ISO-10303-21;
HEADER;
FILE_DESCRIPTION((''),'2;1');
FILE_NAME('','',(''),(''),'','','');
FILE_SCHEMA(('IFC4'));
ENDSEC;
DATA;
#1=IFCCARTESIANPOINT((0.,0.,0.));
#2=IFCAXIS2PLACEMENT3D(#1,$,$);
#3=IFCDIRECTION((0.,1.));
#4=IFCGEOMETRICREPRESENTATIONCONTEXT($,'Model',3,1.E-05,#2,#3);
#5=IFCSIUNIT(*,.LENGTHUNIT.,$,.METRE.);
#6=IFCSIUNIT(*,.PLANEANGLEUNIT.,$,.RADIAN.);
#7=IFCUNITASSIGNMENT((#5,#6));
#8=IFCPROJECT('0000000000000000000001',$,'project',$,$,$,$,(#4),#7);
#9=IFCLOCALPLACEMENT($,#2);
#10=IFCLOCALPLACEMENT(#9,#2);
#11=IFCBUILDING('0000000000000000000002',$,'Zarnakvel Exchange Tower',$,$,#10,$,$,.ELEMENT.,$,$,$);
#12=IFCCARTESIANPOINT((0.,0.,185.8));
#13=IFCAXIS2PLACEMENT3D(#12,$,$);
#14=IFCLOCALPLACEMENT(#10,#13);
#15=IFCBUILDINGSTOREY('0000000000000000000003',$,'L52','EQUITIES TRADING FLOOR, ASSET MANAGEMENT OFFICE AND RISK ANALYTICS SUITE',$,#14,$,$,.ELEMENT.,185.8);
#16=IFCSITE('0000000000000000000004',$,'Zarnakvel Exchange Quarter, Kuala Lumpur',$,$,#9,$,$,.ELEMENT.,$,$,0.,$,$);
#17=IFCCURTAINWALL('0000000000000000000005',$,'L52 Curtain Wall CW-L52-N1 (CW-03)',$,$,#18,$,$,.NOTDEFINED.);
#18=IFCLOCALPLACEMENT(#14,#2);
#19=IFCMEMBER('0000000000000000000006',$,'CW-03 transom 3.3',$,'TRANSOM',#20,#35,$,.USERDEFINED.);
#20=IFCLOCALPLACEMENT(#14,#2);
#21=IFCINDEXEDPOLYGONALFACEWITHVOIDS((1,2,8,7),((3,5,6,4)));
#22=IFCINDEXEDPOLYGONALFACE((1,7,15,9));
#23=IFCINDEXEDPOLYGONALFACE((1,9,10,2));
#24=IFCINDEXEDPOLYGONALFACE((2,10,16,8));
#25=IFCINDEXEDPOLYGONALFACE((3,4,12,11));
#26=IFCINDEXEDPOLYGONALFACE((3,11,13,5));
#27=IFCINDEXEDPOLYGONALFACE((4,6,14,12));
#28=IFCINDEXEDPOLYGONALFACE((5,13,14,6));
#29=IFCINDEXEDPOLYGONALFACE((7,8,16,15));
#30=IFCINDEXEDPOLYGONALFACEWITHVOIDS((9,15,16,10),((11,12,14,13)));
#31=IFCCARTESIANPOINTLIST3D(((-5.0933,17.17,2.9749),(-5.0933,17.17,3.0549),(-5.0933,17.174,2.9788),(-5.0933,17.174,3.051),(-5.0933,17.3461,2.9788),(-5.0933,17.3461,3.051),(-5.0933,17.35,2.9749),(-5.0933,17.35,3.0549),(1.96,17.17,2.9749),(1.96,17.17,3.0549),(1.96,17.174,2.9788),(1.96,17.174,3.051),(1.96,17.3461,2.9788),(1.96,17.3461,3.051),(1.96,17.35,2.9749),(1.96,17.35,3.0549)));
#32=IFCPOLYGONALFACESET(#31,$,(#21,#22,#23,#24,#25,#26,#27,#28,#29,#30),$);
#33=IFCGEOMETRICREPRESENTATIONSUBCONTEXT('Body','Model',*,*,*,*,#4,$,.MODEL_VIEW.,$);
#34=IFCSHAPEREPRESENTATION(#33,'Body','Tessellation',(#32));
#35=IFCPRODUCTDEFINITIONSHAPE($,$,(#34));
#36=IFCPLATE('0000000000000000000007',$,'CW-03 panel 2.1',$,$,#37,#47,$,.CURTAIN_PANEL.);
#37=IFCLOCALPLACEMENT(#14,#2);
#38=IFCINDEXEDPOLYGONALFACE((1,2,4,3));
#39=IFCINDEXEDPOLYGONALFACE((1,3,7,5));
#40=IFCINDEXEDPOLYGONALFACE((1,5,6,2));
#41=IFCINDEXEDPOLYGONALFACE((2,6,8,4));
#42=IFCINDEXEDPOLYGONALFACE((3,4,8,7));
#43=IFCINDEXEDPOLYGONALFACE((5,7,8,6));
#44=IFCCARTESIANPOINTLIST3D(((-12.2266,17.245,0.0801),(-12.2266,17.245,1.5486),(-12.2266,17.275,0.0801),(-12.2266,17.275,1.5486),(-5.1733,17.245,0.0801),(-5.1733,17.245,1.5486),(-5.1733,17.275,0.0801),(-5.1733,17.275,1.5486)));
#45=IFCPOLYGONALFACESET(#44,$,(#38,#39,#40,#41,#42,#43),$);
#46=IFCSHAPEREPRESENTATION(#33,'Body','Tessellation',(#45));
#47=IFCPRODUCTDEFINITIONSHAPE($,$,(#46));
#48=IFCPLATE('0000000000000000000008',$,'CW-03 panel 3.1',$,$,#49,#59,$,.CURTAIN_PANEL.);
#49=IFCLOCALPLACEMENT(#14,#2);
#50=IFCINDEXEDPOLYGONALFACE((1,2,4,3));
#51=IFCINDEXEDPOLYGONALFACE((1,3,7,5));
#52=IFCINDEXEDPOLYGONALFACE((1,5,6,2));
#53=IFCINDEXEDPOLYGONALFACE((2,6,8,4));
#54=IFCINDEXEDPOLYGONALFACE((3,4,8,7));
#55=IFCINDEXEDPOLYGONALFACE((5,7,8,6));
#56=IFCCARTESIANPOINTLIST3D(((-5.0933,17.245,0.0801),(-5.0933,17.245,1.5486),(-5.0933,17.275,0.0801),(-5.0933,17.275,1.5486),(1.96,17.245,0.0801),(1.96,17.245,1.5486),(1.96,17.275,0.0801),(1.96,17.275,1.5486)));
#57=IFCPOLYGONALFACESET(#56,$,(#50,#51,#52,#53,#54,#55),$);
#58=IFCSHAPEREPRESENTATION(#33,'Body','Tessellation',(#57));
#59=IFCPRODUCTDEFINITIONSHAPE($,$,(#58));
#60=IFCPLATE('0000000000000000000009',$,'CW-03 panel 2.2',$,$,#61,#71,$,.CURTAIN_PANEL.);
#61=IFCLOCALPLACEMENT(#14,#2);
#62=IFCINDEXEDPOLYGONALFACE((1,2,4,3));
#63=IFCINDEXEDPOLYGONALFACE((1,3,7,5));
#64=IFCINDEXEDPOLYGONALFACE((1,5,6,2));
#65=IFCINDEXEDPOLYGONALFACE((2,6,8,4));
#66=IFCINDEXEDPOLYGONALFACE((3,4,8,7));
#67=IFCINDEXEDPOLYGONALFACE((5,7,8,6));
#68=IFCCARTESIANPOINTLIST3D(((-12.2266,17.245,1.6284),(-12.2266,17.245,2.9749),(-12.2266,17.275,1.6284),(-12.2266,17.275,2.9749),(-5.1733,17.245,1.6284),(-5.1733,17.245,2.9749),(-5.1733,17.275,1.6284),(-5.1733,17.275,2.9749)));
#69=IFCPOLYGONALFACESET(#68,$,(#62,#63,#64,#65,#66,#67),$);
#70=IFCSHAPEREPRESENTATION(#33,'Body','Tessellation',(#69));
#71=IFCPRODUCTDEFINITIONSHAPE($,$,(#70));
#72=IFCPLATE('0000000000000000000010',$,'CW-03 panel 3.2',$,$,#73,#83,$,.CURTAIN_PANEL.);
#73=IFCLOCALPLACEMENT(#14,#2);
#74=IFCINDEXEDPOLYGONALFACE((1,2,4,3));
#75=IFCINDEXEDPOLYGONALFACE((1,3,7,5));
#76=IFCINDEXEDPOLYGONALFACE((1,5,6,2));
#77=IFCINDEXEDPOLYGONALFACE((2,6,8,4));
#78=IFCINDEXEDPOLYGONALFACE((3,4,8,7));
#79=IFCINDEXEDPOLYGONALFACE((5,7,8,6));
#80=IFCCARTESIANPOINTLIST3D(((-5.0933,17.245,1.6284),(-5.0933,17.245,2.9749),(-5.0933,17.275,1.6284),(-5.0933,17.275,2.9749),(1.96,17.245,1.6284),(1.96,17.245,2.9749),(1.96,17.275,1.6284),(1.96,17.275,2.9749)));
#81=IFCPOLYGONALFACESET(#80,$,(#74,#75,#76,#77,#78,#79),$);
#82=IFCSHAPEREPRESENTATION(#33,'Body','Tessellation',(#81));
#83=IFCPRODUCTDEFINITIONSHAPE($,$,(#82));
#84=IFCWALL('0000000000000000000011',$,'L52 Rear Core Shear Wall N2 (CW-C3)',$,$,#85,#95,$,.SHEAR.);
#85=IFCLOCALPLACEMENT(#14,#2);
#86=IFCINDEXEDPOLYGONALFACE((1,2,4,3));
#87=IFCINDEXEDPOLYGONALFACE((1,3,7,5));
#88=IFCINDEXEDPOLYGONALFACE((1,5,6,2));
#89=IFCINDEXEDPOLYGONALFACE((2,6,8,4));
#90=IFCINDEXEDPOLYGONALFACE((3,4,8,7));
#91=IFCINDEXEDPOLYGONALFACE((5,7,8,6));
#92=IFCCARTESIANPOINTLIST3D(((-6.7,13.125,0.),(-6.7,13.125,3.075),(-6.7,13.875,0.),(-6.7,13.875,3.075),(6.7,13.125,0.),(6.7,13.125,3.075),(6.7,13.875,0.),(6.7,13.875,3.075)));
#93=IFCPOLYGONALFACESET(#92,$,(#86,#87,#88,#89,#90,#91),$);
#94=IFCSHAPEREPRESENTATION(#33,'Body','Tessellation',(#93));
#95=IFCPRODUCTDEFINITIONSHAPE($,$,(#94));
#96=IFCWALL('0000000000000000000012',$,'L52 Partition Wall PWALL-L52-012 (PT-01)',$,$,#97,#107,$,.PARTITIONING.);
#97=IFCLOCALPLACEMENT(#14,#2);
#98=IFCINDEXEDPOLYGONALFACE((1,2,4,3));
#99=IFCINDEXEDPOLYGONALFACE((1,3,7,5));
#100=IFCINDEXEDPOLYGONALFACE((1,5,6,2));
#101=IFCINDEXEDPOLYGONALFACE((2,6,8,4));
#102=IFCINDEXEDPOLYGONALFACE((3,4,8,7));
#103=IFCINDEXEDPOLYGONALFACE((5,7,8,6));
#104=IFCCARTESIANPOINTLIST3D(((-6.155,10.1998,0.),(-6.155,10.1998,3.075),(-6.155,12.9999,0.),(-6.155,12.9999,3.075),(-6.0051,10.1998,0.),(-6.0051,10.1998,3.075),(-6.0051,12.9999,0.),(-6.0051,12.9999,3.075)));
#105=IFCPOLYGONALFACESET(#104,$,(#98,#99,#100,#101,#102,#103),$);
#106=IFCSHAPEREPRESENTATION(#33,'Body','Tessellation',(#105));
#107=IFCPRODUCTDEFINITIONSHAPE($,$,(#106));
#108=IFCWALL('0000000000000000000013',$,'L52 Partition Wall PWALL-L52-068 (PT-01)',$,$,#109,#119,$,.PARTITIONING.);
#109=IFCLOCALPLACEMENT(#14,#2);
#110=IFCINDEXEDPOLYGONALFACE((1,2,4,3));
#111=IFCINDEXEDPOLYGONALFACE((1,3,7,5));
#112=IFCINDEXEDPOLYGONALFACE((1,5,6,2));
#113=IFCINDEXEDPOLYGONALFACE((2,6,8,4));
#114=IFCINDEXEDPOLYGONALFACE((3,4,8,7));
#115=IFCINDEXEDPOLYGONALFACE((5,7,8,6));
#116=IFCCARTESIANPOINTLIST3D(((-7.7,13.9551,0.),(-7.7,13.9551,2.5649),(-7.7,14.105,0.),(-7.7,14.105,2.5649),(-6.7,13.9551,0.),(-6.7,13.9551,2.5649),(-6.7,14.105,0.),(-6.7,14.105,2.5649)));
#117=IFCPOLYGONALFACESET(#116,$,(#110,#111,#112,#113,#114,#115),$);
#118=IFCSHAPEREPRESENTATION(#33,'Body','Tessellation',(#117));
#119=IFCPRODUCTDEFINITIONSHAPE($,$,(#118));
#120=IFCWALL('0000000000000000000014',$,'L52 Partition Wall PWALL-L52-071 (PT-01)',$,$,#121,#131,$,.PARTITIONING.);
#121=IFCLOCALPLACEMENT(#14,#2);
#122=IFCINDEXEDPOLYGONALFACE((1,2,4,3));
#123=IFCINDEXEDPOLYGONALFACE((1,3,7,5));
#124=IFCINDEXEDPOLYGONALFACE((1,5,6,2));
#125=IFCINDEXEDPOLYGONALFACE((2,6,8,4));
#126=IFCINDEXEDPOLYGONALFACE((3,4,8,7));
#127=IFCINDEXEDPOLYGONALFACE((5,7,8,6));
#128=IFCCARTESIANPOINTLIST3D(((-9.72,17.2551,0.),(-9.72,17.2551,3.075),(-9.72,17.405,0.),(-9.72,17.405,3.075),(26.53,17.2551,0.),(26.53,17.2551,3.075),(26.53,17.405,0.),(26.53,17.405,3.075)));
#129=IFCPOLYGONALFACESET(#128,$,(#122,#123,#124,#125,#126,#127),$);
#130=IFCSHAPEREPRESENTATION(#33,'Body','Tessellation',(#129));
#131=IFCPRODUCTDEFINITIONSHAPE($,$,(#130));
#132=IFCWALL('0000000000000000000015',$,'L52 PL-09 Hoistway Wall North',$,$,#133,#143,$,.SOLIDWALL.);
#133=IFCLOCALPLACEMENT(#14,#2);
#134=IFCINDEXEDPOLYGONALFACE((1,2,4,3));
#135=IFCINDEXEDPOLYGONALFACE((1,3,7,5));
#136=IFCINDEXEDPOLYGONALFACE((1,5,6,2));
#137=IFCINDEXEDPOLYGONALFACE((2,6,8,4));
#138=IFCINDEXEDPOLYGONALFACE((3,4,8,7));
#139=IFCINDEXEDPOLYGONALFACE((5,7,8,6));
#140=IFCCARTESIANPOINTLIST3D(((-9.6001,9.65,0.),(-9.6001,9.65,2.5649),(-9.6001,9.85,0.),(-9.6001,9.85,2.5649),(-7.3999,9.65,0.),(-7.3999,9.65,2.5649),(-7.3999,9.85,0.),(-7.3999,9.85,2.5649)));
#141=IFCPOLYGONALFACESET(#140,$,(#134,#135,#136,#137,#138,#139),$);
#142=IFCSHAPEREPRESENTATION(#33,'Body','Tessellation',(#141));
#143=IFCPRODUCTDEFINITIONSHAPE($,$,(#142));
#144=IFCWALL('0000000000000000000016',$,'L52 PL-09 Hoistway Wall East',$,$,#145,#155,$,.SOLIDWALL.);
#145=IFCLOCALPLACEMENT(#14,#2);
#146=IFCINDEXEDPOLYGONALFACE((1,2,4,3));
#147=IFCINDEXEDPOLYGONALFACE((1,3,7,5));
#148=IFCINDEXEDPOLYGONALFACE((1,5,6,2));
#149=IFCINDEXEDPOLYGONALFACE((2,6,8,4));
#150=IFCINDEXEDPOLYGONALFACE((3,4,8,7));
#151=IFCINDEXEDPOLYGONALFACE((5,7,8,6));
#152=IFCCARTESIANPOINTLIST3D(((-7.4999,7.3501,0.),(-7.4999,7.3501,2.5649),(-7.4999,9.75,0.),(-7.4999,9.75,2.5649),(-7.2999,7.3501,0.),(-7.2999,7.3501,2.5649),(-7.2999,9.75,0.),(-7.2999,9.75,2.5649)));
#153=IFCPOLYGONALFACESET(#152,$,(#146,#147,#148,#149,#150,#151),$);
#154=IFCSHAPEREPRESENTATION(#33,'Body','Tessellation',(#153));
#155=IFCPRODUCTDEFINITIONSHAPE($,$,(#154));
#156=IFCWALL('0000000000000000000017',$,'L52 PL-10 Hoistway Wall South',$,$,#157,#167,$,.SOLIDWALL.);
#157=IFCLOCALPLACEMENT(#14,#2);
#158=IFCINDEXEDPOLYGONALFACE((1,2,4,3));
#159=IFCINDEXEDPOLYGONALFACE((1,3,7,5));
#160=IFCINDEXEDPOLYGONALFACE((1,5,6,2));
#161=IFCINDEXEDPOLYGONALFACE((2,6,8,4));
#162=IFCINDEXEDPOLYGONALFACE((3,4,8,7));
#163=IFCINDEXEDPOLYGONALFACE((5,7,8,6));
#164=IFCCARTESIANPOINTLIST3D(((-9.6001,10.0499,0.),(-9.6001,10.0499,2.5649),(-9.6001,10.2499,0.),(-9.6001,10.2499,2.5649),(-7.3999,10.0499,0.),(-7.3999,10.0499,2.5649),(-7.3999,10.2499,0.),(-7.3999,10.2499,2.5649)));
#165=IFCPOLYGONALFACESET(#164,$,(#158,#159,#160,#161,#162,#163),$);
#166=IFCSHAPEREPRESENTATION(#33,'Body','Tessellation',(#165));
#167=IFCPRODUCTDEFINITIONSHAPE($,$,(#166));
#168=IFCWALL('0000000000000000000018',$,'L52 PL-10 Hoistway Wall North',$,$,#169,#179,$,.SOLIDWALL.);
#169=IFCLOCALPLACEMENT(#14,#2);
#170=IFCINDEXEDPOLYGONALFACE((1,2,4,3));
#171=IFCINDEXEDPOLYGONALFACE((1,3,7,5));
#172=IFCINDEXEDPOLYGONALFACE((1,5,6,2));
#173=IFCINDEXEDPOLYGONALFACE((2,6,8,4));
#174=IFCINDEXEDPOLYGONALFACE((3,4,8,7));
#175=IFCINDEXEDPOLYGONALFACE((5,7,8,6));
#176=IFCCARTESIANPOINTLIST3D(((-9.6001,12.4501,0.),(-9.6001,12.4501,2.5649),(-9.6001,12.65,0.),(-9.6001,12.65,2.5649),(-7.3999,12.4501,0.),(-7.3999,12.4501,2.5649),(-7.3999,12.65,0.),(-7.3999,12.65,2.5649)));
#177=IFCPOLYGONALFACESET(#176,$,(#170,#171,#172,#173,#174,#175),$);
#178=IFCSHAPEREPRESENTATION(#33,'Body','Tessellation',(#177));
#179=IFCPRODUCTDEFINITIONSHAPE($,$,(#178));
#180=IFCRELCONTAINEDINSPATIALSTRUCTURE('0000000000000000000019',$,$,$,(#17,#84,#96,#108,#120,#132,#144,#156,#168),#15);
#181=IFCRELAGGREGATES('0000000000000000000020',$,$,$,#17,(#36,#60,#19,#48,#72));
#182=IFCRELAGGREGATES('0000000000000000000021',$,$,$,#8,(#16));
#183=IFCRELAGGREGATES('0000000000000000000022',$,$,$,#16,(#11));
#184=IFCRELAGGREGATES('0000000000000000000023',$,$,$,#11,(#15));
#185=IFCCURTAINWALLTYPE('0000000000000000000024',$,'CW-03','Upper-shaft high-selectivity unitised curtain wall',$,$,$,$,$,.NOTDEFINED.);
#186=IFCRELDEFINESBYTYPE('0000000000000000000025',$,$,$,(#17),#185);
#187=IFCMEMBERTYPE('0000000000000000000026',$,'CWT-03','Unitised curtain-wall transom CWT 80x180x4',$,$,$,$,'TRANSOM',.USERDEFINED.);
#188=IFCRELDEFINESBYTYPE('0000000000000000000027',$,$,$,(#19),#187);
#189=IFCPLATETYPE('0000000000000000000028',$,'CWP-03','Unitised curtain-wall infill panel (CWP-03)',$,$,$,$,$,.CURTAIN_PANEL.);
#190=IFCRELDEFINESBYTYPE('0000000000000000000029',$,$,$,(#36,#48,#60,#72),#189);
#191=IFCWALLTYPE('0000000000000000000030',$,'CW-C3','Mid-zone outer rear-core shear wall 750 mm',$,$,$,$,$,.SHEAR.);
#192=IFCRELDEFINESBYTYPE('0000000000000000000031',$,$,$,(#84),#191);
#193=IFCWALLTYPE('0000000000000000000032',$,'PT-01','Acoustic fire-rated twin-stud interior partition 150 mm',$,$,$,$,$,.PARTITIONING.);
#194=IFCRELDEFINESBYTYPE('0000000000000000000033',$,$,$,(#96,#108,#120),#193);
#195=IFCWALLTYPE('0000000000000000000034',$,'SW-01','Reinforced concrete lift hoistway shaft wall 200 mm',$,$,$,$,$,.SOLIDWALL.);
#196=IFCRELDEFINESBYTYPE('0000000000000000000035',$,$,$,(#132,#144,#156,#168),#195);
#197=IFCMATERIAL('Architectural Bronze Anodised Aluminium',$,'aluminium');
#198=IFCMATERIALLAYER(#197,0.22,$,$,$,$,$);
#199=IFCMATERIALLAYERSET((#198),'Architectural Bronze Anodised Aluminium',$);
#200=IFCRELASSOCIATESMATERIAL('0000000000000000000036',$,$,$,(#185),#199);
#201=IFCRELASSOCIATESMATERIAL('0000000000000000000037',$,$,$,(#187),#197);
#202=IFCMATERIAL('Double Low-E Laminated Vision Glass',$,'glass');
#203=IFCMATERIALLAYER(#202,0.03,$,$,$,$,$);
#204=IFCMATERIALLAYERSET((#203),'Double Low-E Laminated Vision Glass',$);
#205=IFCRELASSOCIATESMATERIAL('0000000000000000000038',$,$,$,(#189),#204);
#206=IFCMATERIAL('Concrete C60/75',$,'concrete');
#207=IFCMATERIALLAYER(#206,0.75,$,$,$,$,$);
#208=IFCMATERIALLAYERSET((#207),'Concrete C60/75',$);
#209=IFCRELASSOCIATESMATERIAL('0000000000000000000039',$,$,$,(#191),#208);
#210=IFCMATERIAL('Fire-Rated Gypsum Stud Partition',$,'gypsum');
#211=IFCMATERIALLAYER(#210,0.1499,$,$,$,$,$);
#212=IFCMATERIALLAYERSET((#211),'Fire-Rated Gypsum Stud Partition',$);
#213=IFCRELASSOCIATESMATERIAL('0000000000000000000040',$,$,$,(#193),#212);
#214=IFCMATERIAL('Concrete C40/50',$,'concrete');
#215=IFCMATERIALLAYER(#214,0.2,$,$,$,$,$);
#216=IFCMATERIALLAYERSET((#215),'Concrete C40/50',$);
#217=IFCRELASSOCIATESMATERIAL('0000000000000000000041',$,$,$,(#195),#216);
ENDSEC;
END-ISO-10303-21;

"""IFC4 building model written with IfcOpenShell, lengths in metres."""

from ifc_helpers import new_model, si_unit, direction, frame, frame_2d, origin, origin_2d, place, context, subcontext, project, spatial, rectangle, hollow_rectangle, extrude, source, transform, mapped, material, layer, layer_set, material_profile, profile_set, type_object, element, aggregate, save


model = new_model("IFC4")

# Units and contexts
model_context = context("Model", 3, precision=1e-05, world=origin(), true_north=direction((0.0, 1.0)))
body_context = subcontext(model_context, "Body", "Model", "MODEL_VIEW")
ifc_project = project(units=[si_unit("LENGTHUNIT", "METRE"), si_unit("PLANEANGLEUNIT", "RADIAN")], contexts=[model_context])

# Site, building, storey
site_placement = place(None, origin())
site = spatial("IfcSite", under=ifc_project, at=site_placement, Name="Zarnakvel Exchange Quarter, Kuala Lumpur", CompositionType="ELEMENT", RefElevation=0.0)
building_placement = place(site_placement, origin())
building = spatial("IfcBuilding", under=site, at=building_placement, Name="Zarnakvel Exchange Tower", CompositionType="ELEMENT")
storey_placement = place(building_placement, frame((0.0, 0.0, 185.8)))
storey = spatial("IfcBuildingStorey", under=building, at=storey_placement, Name="L52", Description="EQUITIES TRADING FLOOR, ASSET MANAGEMENT OFFICE AND RISK ANALYTICS SUITE", CompositionType="ELEMENT", Elevation=185.8)

# Shared definitions
ifc_material_1 = material(Name="Concrete C60/75", Category="concrete")

# Curtain wall, member, plates
ifc_material_2 = material(Name="Architectural Bronze Anodised Aluminium", Category="aluminium")
ifc_layer_1 = layer(ifc_material_2, 0.22)
ifc_layer_set_1 = layer_set([ifc_layer_1], Name="Architectural Bronze Anodised Aluminium")
curtain_wall_type = type_object("IfcCurtainWallType", Name="CW-03", Description="Upper-shaft high-selectivity unitised curtain wall", PredefinedType="NOTDEFINED", material=ifc_layer_set_1)
curtain_wall_placement = place(storey_placement, origin())
curtain_wall = element("IfcCurtainWall", 1, at=curtain_wall_placement, inside=storey, type_object=curtain_wall_type, Name="L52 Curtain Wall CW-L52-N1 (CW-03)", PredefinedType="NOTDEFINED")
ifc_material_profile_1 = material_profile(ifc_material_2, hollow_rectangle(XDim=0.1799, YDim=0.0801, WallThickness=0.0039, at=origin_2d()))
ifc_profile_set_1 = profile_set([ifc_material_profile_1], Name="Architectural Bronze Anodised Aluminium")
member_type_1 = type_object("IfcMemberType", Name="CWT-03", Description="Unitised curtain-wall transom CWT 80x180x4", ElementType="TRANSOM", PredefinedType="USERDEFINED", material=ifc_profile_set_1)
shared_shape_1 = source(origin(), body_context, "Body", "SweptSolid", [
    extrude(hollow_rectangle(XDim=0.1799, YDim=0.0801, WallThickness=0.0039, at=origin_2d()), origin(), (0.0, 0.0, 1.0), 7.0532),
])
member_1_placement = place(storey_placement, frame((-5.0933, 17.26, 3.0149), z_axis=(1.0, 0.0, 0.0), x_axis=(0.0, 1.0, 0.0)))
member_1 = element("IfcMember", 2, at=member_1_placement, type_object=member_type_1, Name="CW-03 transom 3.3", ObjectType="TRANSOM", PredefinedType="USERDEFINED", context=body_context, shape_type="MappedRepresentation", body=[
    mapped(shared_shape_1, transform((0.0, 0.0, 0.0), x_axis=(1.0, 0.0, 0.0), y_axis=(0.0, 1.0, 0.0), z_axis=(0.0, 0.0, 1.0), scale=1.0)),
])
ifc_material_3 = material(Name="Double Low-E Laminated Vision Glass", Category="glass")
ifc_layer_2 = layer(ifc_material_3, 0.03)
ifc_layer_set_2 = layer_set([ifc_layer_2], Name="Double Low-E Laminated Vision Glass")
plate_type = type_object("IfcPlateType", Name="CWP-03", Description="Unitised curtain-wall infill panel (CWP-03)", PredefinedType="CURTAIN_PANEL", material=ifc_layer_set_2)
shared_shape_2 = source(origin(), body_context, "Body", "SweptSolid", [
    extrude(rectangle(XDim=7.0532, YDim=0.03, at=origin_2d()), origin(), (0.0, 0.0, 1.0), 1.4685),
])
plate_1_placement = place(storey_placement, frame((-8.7, 17.26, 0.0801), z_axis=(0.0, 0.0, 1.0), x_axis=(1.0, 0.0, 0.0)))
plate_1 = element("IfcPlate", 3, at=plate_1_placement, type_object=plate_type, Name="CW-03 panel 2.1", PredefinedType="CURTAIN_PANEL", context=body_context, shape_type="MappedRepresentation", body=[
    mapped(shared_shape_2, transform((0.0, 0.0, 0.0), x_axis=(1.0, 0.0, 0.0), y_axis=(0.0, 1.0, 0.0), z_axis=(0.0, 0.0, 1.0), scale=1.0)),
])
plate_2_placement = place(storey_placement, frame((-1.5667, 17.26, 0.0801), z_axis=(0.0, 0.0, 1.0), x_axis=(1.0, 0.0, 0.0)))
plate_2 = element("IfcPlate", 4, at=plate_2_placement, type_object=plate_type, Name="CW-03 panel 3.1", PredefinedType="CURTAIN_PANEL", context=body_context, shape_type="MappedRepresentation", body=[
    mapped(shared_shape_2, transform((0.0, 0.0, 0.0), x_axis=(1.0, 0.0, 0.0), y_axis=(0.0, 1.0, 0.0), z_axis=(0.0, 0.0, 1.0), scale=1.0)),
])
shared_shape_3 = source(origin(), body_context, "Body", "SweptSolid", [
    extrude(rectangle(XDim=7.0532, YDim=0.03, at=origin_2d()), origin(), (0.0, 0.0, 1.0), 1.3464),
])
plate_3_placement = place(storey_placement, frame((-8.7, 17.26, 1.6284), z_axis=(0.0, 0.0, 1.0), x_axis=(1.0, 0.0, 0.0)))
plate_3 = element("IfcPlate", 5, at=plate_3_placement, type_object=plate_type, Name="CW-03 panel 2.2", PredefinedType="CURTAIN_PANEL", context=body_context, shape_type="MappedRepresentation", body=[
    mapped(shared_shape_3, transform((0.0, 0.0, 0.0), x_axis=(1.0, 0.0, 0.0), y_axis=(0.0, 1.0, 0.0), z_axis=(0.0, 0.0, 1.0), scale=1.0)),
])
plate_4_placement = place(storey_placement, frame((-1.5667, 17.26, 1.6284), z_axis=(0.0, 0.0, 1.0), x_axis=(1.0, 0.0, 0.0)))
plate_4 = element("IfcPlate", 6, at=plate_4_placement, type_object=plate_type, Name="CW-03 panel 3.2", PredefinedType="CURTAIN_PANEL", context=body_context, shape_type="MappedRepresentation", body=[
    mapped(shared_shape_3, transform((0.0, 0.0, 0.0), x_axis=(1.0, 0.0, 0.0), y_axis=(0.0, 1.0, 0.0), z_axis=(0.0, 0.0, 1.0), scale=1.0)),
])
aggregate(curtain_wall, [plate_1, plate_3, member_1, plate_2, plate_4])

# Walls
ifc_layer_3 = layer(ifc_material_1, 0.75)
ifc_layer_set_3 = layer_set([ifc_layer_3], Name="Concrete C60/75")
wall_type_1 = type_object("IfcWallType", Name="CW-C3", Description="Mid-zone outer rear-core shear wall 750 mm", PredefinedType="SHEAR", material=ifc_layer_set_3)
wall_1_placement = place(storey_placement, frame((-6.7, 13.5, 0.0), z_axis=(0.0, 0.0, 1.0), x_axis=(1.0, 0.0, 0.0)))
element("IfcWall", 7, at=wall_1_placement, inside=storey, type_object=wall_type_1, Name="L52 Rear Core Shear Wall N2 (CW-C3)", PredefinedType="SHEAR", context=body_context, shape_type="SweptSolid", body=[
    extrude(rectangle(XDim=13.3999, YDim=0.75, at=frame_2d((6.7, 0.0))), origin(), (0.0, 0.0, 1.0), 3.075),
])
ifc_material_4 = material(Name="Fire-Rated Gypsum Stud Partition", Category="gypsum")
ifc_layer_4 = layer(ifc_material_4, 0.1499)
ifc_layer_set_4 = layer_set([ifc_layer_4], Name="Fire-Rated Gypsum Stud Partition")
wall_type_2 = type_object("IfcWallType", Name="PT-01", Description="Acoustic fire-rated twin-stud interior partition 150 mm", PredefinedType="PARTITIONING", material=ifc_layer_set_4)
wall_2_placement = place(storey_placement, frame((-6.0801, 10.2, 0.0), z_axis=(0.0, 0.0, 1.0), x_axis=(0.0, 1.0, 0.0)))
element("IfcWall", 8, at=wall_2_placement, inside=storey, type_object=wall_type_2, Name="L52 Partition Wall PWALL-L52-012 (PT-01)", PredefinedType="PARTITIONING", context=body_context, shape_type="SweptSolid", body=[
    extrude(rectangle(XDim=2.8, YDim=0.1499, at=frame_2d((1.3999, 0.0))), origin(), (0.0, 0.0, 1.0), 3.075),
])
wall_3_placement = place(storey_placement, frame((-6.7, 14.03, 0.0), z_axis=(0.0, 0.0, 1.0), x_axis=(-1.0, 0.0, 0.0)))
element("IfcWall", 9, at=wall_3_placement, inside=storey, type_object=wall_type_2, Name="L52 Partition Wall PWALL-L52-068 (PT-01)", PredefinedType="PARTITIONING", context=body_context, shape_type="SweptSolid", body=[
    extrude(rectangle(XDim=1.0, YDim=0.1499, at=frame_2d((0.5, 0.0))), origin(), (0.0, 0.0, 1.0), 2.5649),
])
wall_4_placement = place(storey_placement, frame((-9.72, 17.3301, 0.0), z_axis=(0.0, 0.0, 1.0), x_axis=(1.0, 0.0, 0.0)))
element("IfcWall", 10, at=wall_4_placement, inside=storey, type_object=wall_type_2, Name="L52 Partition Wall PWALL-L52-071 (PT-01)", PredefinedType="PARTITIONING", context=body_context, shape_type="SweptSolid", body=[
    extrude(rectangle(XDim=36.25, YDim=0.1499, at=frame_2d((18.125, 0.0))), origin(), (0.0, 0.0, 1.0), 3.075),
])

# Walls
ifc_material_5 = material(Name="Concrete C40/50", Category="concrete")
ifc_layer_5 = layer(ifc_material_5, 0.2)
ifc_layer_set_5 = layer_set([ifc_layer_5], Name="Concrete C40/50")
wall_type_3 = type_object("IfcWallType", Name="SW-01", Description="Reinforced concrete lift hoistway shaft wall 200 mm", PredefinedType="SOLIDWALL", material=ifc_layer_set_5)
wall_5_placement = place(storey_placement, frame((-9.6001, 9.75, 0.0), z_axis=(0.0, 0.0, 1.0), x_axis=(1.0, 0.0, 0.0)))
element("IfcWall", 11, at=wall_5_placement, inside=storey, type_object=wall_type_3, Name="L52 PL-09 Hoistway Wall North", PredefinedType="SOLIDWALL", context=body_context, shape_type="SweptSolid", body=[
    extrude(rectangle(XDim=2.2002, YDim=0.2, at=frame_2d((1.1001, 0.0))), origin(), (0.0, 0.0, 1.0), 2.5649),
])
wall_6_placement = place(storey_placement, frame((-7.3999, 9.75, 0.0), z_axis=(0.0, 0.0, 1.0), x_axis=(0.0, -1.0, 0.0)))
element("IfcWall", 12, at=wall_6_placement, inside=storey, type_object=wall_type_3, Name="L52 PL-09 Hoistway Wall East", PredefinedType="SOLIDWALL", context=body_context, shape_type="SweptSolid", body=[
    extrude(rectangle(XDim=2.3999, YDim=0.2, at=frame_2d((1.2, 0.0))), origin(), (0.0, 0.0, 1.0), 2.5649),
])
for number, where, z_axis, x_axis, name in (
    (13, (-7.3999, 10.1499, 0.0), (0.0, 0.0, 1.0), (-1.0, 0.0, 0.0), "L52 PL-10 Hoistway Wall South"),
    (14, (-9.6001, 12.55, 0.0), (0.0, 0.0, 1.0), (1.0, 0.0, 0.0), "L52 PL-10 Hoistway Wall North"),
):
    element("IfcWall", number, at=place(storey_placement, frame(where, z_axis=z_axis, x_axis=x_axis)), inside=storey, type_object=wall_type_3, Name=name, PredefinedType="SOLIDWALL", context=body_context, shape_type="SweptSolid", body=[
        extrude(rectangle(XDim=2.2002, YDim=0.2, at=frame_2d((1.1001, 0.0))), origin(), (0.0, 0.0, 1.0), 2.5649),
    ])

save(model, "model.ifc")
